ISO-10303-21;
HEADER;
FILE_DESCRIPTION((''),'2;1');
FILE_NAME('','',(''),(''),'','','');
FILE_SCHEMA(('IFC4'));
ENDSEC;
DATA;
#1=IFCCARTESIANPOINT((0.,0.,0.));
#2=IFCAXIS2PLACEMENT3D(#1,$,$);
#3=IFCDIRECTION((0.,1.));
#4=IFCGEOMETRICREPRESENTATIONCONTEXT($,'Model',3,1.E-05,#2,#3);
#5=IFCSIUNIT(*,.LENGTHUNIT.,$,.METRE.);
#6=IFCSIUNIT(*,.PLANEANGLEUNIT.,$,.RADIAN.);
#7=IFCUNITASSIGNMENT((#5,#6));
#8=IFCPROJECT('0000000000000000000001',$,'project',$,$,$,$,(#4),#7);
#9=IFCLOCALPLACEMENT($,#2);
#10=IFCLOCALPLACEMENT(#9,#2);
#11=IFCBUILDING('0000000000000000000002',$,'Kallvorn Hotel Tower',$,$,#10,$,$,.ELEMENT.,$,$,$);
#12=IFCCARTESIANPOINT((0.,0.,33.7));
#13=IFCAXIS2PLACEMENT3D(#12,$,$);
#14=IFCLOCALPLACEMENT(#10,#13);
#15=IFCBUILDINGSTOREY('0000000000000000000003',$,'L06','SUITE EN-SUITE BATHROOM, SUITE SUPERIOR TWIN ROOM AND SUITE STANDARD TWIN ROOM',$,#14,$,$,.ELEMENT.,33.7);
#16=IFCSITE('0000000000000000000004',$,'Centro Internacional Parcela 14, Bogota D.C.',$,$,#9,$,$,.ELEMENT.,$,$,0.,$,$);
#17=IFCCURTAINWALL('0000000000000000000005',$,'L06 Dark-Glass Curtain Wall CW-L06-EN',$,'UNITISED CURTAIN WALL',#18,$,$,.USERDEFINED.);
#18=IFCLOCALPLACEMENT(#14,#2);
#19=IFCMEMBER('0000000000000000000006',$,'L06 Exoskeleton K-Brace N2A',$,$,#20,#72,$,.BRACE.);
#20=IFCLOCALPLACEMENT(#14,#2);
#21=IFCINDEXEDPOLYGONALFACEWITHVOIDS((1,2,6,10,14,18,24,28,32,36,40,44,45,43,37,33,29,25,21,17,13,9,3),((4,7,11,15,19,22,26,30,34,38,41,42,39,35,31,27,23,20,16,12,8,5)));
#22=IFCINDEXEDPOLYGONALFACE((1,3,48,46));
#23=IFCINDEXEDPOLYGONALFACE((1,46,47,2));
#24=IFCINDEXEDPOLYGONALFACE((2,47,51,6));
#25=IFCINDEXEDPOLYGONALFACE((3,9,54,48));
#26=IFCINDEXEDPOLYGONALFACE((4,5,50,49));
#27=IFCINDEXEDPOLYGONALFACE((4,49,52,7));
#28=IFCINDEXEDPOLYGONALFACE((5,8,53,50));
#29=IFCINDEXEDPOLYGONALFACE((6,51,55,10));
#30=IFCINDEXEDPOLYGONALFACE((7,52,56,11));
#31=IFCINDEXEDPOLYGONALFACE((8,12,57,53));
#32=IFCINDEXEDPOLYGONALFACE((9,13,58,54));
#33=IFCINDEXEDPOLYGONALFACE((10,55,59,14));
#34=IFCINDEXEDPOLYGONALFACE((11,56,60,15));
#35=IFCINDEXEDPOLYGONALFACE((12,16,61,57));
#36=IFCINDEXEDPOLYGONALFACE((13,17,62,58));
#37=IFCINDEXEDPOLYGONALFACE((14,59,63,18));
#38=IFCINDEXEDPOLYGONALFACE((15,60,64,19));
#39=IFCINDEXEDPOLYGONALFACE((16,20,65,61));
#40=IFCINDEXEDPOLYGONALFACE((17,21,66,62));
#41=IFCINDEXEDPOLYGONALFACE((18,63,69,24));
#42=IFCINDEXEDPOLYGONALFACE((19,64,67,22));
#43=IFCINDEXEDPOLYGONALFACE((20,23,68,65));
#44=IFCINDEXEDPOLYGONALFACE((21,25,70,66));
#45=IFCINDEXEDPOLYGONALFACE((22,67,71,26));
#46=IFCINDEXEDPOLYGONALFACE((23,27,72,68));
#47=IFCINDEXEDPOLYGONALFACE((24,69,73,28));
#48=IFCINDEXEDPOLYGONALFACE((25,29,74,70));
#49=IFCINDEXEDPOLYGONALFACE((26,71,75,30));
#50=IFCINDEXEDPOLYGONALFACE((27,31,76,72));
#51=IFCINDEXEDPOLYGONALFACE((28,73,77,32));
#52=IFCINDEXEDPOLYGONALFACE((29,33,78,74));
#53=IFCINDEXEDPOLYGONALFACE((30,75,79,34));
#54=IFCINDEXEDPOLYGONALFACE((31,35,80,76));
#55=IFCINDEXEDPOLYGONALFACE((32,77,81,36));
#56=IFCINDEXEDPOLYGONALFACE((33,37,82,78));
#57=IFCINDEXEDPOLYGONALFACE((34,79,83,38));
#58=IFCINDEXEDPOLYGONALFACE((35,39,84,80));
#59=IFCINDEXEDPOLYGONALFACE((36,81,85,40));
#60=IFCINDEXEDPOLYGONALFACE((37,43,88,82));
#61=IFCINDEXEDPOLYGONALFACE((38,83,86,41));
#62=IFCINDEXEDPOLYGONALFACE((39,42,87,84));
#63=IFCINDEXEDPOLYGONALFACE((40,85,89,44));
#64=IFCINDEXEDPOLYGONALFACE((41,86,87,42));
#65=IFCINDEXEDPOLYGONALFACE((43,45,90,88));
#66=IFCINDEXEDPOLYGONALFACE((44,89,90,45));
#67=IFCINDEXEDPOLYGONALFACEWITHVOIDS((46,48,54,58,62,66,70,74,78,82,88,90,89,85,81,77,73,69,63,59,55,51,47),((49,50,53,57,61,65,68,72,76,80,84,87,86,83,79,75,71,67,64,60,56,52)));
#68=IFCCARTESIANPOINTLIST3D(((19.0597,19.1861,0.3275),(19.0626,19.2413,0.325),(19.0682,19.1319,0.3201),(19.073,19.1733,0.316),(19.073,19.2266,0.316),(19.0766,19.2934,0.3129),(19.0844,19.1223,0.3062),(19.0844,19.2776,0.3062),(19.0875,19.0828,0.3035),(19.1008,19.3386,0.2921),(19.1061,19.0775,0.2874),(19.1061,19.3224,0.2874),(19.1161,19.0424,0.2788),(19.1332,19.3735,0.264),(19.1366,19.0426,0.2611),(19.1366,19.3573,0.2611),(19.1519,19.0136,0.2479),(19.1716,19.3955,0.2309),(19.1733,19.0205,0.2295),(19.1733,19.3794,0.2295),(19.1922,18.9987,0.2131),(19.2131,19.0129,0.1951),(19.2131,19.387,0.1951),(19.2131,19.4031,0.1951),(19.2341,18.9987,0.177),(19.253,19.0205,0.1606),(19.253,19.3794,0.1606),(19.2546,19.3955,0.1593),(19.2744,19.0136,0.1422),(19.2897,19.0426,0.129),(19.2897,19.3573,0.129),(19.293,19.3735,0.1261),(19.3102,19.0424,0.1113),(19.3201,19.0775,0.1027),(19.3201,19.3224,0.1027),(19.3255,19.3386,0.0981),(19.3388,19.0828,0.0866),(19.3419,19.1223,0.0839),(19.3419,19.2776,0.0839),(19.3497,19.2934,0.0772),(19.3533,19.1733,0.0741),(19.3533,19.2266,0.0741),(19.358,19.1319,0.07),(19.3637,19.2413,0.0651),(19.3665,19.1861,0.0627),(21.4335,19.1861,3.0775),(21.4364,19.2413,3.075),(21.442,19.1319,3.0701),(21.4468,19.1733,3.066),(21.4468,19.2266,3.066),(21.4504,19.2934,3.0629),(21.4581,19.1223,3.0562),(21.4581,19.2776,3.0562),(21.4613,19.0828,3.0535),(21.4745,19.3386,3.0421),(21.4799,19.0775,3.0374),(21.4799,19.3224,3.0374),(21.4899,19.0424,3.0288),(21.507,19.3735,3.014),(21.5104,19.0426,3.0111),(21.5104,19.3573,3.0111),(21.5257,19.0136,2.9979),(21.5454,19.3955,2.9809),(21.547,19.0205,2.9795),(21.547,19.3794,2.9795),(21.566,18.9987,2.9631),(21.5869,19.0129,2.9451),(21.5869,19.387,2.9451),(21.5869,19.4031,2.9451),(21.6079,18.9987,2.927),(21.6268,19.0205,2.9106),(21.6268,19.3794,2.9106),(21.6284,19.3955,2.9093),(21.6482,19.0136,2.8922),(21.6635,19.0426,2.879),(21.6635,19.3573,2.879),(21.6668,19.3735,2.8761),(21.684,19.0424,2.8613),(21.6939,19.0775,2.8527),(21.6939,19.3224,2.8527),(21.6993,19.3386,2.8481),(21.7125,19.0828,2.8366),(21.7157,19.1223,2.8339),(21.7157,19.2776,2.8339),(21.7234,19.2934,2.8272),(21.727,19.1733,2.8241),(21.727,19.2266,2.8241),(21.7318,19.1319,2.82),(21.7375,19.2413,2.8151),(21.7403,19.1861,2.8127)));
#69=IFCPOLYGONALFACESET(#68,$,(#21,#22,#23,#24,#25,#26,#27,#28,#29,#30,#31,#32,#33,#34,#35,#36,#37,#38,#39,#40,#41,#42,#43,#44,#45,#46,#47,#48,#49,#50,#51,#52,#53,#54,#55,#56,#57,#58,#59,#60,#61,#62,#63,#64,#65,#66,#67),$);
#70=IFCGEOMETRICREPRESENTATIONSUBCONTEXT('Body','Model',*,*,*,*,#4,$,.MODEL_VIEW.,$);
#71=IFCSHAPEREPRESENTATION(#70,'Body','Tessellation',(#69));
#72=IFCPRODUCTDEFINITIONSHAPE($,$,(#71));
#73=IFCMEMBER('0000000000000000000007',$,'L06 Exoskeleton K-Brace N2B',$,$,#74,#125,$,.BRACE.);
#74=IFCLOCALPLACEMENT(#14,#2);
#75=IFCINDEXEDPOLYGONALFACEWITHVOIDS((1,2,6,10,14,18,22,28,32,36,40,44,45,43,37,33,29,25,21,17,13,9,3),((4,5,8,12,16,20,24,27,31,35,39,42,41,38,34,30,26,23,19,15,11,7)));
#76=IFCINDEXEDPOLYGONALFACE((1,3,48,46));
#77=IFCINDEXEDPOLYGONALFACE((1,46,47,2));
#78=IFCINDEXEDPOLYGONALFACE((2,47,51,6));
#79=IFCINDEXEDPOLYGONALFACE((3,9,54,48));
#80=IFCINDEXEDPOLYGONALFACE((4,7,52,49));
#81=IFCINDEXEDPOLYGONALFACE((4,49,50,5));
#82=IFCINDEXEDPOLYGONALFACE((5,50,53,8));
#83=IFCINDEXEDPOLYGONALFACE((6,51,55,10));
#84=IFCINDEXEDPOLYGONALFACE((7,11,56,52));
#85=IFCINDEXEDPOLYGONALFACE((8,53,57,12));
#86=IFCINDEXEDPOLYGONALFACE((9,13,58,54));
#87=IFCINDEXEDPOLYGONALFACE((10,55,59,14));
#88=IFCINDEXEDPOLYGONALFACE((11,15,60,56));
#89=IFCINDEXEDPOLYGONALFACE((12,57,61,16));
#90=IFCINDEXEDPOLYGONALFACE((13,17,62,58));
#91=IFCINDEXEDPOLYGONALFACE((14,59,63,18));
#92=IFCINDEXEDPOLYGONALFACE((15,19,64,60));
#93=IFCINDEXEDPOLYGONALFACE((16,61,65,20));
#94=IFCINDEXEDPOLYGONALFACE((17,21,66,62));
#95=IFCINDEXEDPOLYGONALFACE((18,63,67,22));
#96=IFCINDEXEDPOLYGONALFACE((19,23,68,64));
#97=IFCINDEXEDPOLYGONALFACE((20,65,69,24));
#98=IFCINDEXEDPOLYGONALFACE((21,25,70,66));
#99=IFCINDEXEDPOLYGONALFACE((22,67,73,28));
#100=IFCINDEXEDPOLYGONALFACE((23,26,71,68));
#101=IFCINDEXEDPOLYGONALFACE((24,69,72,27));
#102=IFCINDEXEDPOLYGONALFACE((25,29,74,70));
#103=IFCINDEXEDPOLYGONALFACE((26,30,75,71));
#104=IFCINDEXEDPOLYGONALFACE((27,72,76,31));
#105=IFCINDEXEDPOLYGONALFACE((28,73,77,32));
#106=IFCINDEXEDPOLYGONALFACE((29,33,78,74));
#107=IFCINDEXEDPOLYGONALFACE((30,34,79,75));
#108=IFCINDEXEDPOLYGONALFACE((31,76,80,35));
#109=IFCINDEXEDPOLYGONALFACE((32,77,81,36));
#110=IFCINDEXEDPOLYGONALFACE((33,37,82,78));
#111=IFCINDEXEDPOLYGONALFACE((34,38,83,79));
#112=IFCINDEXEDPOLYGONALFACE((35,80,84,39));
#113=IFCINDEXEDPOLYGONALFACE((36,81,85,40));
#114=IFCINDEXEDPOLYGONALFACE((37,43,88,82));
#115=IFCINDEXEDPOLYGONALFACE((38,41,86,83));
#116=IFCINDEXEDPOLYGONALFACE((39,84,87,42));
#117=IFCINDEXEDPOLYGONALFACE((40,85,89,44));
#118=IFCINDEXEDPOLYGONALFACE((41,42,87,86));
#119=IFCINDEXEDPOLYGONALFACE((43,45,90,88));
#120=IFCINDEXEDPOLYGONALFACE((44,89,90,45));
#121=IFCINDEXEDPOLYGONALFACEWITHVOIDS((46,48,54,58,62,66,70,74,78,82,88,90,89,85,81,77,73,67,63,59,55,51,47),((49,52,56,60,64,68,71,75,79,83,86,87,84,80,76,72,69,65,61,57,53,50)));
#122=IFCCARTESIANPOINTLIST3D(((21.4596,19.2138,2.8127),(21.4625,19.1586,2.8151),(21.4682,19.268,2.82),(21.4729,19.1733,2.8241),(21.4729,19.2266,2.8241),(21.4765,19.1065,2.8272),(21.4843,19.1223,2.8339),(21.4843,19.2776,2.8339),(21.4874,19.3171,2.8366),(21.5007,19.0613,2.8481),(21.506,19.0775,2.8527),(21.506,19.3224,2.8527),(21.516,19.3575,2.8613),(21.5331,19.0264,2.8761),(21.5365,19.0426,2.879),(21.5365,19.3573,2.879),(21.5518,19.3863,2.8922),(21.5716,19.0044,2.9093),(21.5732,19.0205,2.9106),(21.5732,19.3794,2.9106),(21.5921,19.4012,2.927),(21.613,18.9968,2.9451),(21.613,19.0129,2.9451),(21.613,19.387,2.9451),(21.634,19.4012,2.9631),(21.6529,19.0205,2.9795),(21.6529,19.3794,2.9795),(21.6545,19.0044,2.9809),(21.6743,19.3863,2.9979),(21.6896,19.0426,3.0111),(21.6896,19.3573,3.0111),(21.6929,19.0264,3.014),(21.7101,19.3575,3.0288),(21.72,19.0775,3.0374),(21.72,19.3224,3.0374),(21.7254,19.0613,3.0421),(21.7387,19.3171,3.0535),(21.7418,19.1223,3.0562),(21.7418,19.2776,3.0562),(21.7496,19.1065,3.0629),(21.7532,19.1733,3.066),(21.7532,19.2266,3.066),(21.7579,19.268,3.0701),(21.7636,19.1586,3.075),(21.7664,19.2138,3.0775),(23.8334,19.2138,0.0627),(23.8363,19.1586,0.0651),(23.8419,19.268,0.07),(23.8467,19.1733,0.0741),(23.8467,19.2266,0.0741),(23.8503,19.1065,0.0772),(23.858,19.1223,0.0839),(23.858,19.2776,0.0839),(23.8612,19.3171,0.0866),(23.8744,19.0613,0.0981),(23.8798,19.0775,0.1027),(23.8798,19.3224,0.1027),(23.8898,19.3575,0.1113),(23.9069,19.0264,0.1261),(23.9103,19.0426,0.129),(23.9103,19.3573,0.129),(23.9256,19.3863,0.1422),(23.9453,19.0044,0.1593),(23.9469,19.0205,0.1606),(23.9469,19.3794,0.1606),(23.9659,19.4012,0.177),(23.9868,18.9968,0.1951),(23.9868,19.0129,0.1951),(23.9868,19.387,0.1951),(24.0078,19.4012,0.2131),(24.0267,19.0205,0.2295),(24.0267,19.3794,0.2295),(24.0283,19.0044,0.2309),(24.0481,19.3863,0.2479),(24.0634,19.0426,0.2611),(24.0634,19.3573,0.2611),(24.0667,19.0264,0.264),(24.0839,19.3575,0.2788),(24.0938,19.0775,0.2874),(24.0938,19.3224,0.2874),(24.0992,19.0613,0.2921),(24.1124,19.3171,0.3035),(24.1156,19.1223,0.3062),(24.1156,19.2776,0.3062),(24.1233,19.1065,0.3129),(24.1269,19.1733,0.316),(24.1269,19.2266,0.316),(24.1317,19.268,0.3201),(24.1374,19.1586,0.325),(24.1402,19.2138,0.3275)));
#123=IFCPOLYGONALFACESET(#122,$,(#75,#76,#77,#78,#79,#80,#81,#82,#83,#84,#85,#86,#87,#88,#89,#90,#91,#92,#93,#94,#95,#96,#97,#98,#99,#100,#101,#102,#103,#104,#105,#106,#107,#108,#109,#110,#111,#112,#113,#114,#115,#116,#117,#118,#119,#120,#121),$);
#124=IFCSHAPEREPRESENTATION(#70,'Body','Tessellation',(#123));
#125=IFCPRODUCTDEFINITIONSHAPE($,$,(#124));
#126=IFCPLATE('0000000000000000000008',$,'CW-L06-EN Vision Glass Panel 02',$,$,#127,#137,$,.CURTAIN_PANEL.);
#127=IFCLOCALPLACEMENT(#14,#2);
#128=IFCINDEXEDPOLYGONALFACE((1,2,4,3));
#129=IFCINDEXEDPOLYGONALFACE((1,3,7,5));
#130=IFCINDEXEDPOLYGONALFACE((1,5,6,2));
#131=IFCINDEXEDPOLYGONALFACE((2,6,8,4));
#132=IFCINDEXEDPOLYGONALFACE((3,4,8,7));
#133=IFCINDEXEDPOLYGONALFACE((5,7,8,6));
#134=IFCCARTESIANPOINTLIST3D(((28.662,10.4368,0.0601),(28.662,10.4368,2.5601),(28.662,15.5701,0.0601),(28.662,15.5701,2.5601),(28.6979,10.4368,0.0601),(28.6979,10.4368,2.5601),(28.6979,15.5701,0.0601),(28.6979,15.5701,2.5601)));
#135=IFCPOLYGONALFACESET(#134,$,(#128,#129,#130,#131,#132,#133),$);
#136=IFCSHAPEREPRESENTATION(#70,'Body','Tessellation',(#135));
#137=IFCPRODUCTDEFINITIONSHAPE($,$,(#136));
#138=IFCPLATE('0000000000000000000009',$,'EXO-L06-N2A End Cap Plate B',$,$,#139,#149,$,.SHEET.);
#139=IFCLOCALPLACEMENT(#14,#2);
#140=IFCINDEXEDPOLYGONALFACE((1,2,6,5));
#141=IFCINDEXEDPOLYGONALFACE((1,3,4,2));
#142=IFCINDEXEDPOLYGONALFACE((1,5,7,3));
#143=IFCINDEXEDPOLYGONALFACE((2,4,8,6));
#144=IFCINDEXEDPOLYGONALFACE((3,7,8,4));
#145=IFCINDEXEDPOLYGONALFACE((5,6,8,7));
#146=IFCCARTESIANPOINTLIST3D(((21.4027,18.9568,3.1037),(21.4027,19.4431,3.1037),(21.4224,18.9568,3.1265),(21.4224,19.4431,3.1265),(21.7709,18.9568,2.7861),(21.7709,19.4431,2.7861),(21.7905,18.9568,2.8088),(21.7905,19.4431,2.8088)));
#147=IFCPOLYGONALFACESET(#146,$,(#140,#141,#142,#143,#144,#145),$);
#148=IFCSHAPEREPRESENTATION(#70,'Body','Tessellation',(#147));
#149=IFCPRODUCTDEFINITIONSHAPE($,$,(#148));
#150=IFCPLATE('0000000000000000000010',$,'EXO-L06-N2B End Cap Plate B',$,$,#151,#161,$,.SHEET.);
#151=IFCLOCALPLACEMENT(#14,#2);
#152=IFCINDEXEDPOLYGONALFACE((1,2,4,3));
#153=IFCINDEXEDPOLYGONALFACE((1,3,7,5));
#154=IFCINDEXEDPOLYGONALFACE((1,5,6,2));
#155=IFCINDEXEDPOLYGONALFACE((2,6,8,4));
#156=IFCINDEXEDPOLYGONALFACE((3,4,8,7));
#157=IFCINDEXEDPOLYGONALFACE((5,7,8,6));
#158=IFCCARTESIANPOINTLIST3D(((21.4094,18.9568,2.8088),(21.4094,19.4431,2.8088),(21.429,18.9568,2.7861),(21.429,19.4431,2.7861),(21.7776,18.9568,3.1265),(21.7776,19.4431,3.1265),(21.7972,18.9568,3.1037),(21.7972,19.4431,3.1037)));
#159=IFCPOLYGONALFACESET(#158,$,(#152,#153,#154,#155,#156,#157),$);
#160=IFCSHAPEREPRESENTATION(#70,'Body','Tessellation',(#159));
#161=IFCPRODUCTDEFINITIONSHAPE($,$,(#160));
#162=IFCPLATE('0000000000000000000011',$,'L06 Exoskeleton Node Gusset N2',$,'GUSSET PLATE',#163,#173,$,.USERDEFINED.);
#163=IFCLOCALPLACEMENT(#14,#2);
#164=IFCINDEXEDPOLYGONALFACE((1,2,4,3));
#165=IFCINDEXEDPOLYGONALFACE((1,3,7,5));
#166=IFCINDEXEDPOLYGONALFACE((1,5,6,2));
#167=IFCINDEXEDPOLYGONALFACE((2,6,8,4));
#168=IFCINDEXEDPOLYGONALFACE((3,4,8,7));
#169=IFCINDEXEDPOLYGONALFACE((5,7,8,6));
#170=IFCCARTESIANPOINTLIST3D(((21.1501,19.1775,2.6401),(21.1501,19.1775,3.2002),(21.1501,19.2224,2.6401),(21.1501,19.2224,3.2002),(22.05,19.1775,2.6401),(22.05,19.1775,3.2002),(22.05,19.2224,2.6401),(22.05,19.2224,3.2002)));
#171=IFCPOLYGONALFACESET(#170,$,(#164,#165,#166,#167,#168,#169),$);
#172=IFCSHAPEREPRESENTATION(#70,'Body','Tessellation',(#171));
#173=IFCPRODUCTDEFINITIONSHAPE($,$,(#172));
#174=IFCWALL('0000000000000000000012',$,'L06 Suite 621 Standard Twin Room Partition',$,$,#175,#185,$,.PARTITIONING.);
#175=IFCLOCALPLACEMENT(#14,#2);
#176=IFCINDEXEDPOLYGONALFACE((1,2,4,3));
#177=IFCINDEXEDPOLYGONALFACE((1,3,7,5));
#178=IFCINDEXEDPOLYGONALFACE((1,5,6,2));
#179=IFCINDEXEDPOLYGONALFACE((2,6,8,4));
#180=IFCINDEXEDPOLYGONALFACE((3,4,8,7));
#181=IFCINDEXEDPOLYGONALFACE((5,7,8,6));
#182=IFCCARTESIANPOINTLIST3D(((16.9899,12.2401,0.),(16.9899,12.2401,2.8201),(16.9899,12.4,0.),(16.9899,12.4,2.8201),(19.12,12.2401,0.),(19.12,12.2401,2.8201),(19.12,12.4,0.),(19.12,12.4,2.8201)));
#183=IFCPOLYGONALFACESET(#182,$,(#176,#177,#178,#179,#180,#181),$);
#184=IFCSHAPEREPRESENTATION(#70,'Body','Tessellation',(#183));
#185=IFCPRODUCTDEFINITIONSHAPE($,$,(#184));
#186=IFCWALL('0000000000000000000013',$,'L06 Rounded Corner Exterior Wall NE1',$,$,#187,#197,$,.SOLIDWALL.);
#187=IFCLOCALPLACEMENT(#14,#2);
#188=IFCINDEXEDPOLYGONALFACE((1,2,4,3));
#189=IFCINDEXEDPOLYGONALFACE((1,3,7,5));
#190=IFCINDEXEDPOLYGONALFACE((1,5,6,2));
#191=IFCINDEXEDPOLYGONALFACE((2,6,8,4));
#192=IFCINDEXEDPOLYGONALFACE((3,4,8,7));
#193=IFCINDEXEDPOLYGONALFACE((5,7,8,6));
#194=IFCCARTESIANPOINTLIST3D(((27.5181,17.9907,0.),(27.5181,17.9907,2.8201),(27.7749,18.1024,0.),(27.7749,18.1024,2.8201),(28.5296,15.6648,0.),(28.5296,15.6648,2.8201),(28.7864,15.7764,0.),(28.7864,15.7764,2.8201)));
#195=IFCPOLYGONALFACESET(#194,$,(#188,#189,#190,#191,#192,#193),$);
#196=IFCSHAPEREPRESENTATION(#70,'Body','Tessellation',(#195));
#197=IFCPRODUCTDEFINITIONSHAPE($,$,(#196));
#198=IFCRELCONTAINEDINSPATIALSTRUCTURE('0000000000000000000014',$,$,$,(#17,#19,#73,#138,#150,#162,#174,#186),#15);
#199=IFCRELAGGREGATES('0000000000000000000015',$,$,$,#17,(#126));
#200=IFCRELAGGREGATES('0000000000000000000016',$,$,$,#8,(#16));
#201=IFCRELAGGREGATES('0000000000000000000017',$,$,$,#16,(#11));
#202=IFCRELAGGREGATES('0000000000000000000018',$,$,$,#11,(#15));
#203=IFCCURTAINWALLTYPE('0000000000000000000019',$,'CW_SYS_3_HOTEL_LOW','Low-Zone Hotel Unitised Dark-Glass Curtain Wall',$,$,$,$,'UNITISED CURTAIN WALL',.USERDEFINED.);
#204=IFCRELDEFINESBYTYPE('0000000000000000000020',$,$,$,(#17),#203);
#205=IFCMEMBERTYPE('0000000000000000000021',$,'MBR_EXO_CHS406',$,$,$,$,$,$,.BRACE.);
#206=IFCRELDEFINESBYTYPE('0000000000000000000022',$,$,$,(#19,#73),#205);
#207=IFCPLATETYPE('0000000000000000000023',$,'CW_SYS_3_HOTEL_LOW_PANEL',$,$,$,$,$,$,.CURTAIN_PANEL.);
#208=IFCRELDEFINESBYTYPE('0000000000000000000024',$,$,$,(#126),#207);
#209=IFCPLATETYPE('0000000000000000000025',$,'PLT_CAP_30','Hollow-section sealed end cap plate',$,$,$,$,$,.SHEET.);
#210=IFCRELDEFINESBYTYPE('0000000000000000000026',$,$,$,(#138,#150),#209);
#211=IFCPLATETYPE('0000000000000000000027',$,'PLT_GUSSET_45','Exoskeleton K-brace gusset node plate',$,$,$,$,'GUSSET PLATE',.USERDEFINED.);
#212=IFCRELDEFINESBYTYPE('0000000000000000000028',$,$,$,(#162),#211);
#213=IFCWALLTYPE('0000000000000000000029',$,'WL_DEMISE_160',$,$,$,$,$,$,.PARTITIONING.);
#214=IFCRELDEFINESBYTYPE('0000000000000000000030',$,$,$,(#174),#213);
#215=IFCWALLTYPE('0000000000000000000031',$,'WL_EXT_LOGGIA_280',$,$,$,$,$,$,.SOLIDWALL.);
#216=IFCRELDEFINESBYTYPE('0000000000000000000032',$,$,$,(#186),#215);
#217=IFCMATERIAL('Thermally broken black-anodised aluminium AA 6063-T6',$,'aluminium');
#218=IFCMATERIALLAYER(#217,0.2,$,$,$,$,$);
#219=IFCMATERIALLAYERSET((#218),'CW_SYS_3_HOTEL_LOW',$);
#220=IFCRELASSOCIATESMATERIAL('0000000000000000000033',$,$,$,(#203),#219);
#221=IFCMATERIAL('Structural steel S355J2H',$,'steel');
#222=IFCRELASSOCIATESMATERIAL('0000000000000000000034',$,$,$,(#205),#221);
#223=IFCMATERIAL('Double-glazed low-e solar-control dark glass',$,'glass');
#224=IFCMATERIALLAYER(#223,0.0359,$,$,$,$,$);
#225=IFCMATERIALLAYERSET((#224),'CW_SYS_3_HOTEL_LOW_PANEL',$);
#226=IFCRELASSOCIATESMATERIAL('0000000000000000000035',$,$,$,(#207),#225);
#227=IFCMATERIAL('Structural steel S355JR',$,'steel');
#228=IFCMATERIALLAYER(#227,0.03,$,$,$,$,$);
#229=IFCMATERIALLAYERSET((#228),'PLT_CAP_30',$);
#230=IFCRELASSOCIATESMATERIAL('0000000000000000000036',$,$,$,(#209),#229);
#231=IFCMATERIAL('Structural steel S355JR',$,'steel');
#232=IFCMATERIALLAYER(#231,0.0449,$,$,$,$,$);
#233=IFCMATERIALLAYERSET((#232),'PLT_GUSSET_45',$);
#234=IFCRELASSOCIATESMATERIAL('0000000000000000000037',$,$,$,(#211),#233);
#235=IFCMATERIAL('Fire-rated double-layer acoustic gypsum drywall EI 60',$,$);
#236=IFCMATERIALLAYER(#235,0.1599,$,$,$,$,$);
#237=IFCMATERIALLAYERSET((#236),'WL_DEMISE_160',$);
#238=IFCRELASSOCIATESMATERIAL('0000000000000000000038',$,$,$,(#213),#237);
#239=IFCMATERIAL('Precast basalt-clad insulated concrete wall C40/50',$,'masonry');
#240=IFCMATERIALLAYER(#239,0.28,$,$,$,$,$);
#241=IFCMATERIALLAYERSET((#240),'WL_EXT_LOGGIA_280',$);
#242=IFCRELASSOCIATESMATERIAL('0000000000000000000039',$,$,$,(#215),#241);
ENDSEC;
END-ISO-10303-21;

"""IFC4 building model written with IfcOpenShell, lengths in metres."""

from ifc_helpers import new_model, si_unit, direction, frame, frame_2d, origin, origin_2d, place, context, subcontext, project, spatial, polyline, rectangle, hollow_circle, outline, extrude, material, layer, layer_set, material_profile, profile_set, type_object, element, aggregate, save


model = new_model("IFC4")

# Units and contexts
model_context = context("Model", 3, precision=1e-05, world=origin(), true_north=direction((0.0, 1.0)))
body_context = subcontext(model_context, "Body", "Model", "MODEL_VIEW")
ifc_project = project(units=[si_unit("LENGTHUNIT", "METRE"), si_unit("PLANEANGLEUNIT", "RADIAN")], contexts=[model_context])

# Site, building, storey
site_placement = place(None, origin())
site = spatial("IfcSite", under=ifc_project, at=site_placement, Name="Centro Internacional Parcela 14, Bogota D.C.", CompositionType="ELEMENT", RefElevation=0.0)
building_placement = place(site_placement, origin())
building = spatial("IfcBuilding", under=site, at=building_placement, Name="Kallvorn Hotel Tower", CompositionType="ELEMENT")
storey_placement = place(building_placement, frame((0.0, 0.0, 33.7)))
storey = spatial("IfcBuildingStorey", under=building, at=storey_placement, Name="L06", Description="SUITE EN-SUITE BATHROOM, SUITE SUPERIOR TWIN ROOM AND SUITE STANDARD TWIN ROOM", CompositionType="ELEMENT", Elevation=33.7)

# Curtain wall
ifc_material_1 = material(Name="Thermally broken black-anodised aluminium AA 6063-T6", Category="aluminium")
ifc_layer_1 = layer(ifc_material_1, 0.2)
ifc_layer_set_1 = layer_set([ifc_layer_1], Name="CW_SYS_3_HOTEL_LOW")
curtain_wall_type = type_object("IfcCurtainWallType", Name="CW_SYS_3_HOTEL_LOW", Description="Low-Zone Hotel Unitised Dark-Glass Curtain Wall", ElementType="UNITISED CURTAIN WALL", PredefinedType="USERDEFINED", material=ifc_layer_set_1)
curtain_wall_placement = place(storey_placement, origin())
curtain_wall = element("IfcCurtainWall", 1, at=curtain_wall_placement, inside=storey, type_object=curtain_wall_type, Name="L06 Dark-Glass Curtain Wall CW-L06-EN", ObjectType="UNITISED CURTAIN WALL", PredefinedType="USERDEFINED")

# Members
ifc_material_2 = material(Name="Structural steel S355J2H", Category="steel")
ifc_material_profile_1 = material_profile(ifc_material_2, hollow_circle(Radius=0.2031, WallThickness=0.0161, at=origin_2d()), Name="CHS 406.4x16")
ifc_profile_set_1 = profile_set([ifc_material_profile_1], Name="Structural steel S355J2H")
member_type_1 = type_object("IfcMemberType", Name="MBR_EXO_CHS406", PredefinedType="BRACE", material=ifc_profile_set_1)
for number, where, z_axis, x_axis, name in (
    (2, (19.2131, 19.2, 0.1951), (0.653427, 0.0, 0.756989), (0.0, 1.0, 0.0), "L06 Exoskeleton K-Brace N2A"),
    (3, (23.9868, 19.2, 0.1951), (-0.653427, 0.0, 0.756989), (0.0, -1.0, 0.0), "L06 Exoskeleton K-Brace N2B"),
):
    element("IfcMember", number, at=place(storey_placement, frame(where, z_axis=z_axis, x_axis=x_axis)), inside=storey, type_object=member_type_1, Name=name, PredefinedType="BRACE", context=body_context, shape_type="SweptSolid", body=[
        extrude(hollow_circle(Radius=0.2031, WallThickness=0.0161, at=origin_2d()), origin(), (0.0, 0.0, 1.0), 3.6328),
    ])

# Plate
ifc_material_3 = material(Name="Double-glazed low-e solar-control dark glass", Category="glass")
ifc_layer_2 = layer(ifc_material_3, 0.0359)
ifc_layer_set_2 = layer_set([ifc_layer_2], Name="CW_SYS_3_HOTEL_LOW_PANEL")
plate_type_1 = type_object("IfcPlateType", Name="CW_SYS_3_HOTEL_LOW_PANEL", PredefinedType="CURTAIN_PANEL", material=ifc_layer_set_2)
plate_1_placement = place(storey_placement, frame((28.6799, 13.0034, 0.0601), z_axis=(0.0, 0.0, 1.0), x_axis=(0.0, 1.0, 0.0)))
plate_1 = element("IfcPlate", 4, at=plate_1_placement, type_object=plate_type_1, Name="CW-L06-EN Vision Glass Panel 02", PredefinedType="CURTAIN_PANEL", context=body_context, shape_type="SweptSolid", body=[
    extrude(rectangle(XDim=5.1333, YDim=0.0359, at=origin_2d()), origin(), (0.0, 0.0, 1.0), 2.5),
])
aggregate(curtain_wall, [plate_1])

# Plates
ifc_material_4 = material(Name="Structural steel S355JR", Category="steel")
ifc_layer_3 = layer(ifc_material_4, 0.03)
ifc_layer_set_3 = layer_set([ifc_layer_3], Name="PLT_CAP_30")
plate_type_2 = type_object("IfcPlateType", Name="PLT_CAP_30", Description="Hollow-section sealed end cap plate", PredefinedType="SHEET", material=ifc_layer_set_3)
for number, where, z_axis, x_axis, name in (
    (5, (21.7905, 18.9568, 2.8088), (0.653228, 0.0, 0.757162), (0.0, 1.0, 0.0), "EXO-L06-N2A End Cap Plate B"),
    (6, (21.4094, 19.4431, 2.8088), (-0.653228, 0.0, 0.757162), (0.0, -1.0, 0.0), "EXO-L06-N2B End Cap Plate B"),
):
    element("IfcPlate", number, at=place(storey_placement, frame(where, z_axis=z_axis, x_axis=x_axis)), inside=storey, type_object=plate_type_2, Name=name, PredefinedType="SHEET", context=body_context, shape_type="SweptSolid", body=[
        extrude(outline(polyline([(0.0, 0.0), (0.4863, 0.0), (0.4863, 0.4862), (0.0, 0.4862), (0.0, 0.0)])), origin(), (0.0, 0.0, -1.0), 0.03),
    ])
ifc_material_5 = material(Name="Structural steel S355JR", Category="steel")
ifc_layer_4 = layer(ifc_material_5, 0.0449)
ifc_layer_set_4 = layer_set([ifc_layer_4], Name="PLT_GUSSET_45")
plate_type_3 = type_object("IfcPlateType", Name="PLT_GUSSET_45", Description="Exoskeleton K-brace gusset node plate", ElementType="GUSSET PLATE", PredefinedType="USERDEFINED", material=ifc_layer_set_4)
plate_2_placement = place(storey_placement, frame((21.6001, 19.2, 2.6401), z_axis=(0.0, 0.0, 1.0), x_axis=(1.0, 0.0, 0.0)))
element("IfcPlate", 7, at=plate_2_placement, inside=storey, type_object=plate_type_3, Name="L06 Exoskeleton Node Gusset N2", ObjectType="GUSSET PLATE", PredefinedType="USERDEFINED", context=body_context, shape_type="SweptSolid", body=[
    extrude(rectangle(XDim=0.8999, YDim=0.0449, at=origin_2d()), origin(), (0.0, 0.0, 1.0), 0.5601),
])

# Walls
ifc_material_6 = material(Name="Fire-rated double-layer acoustic gypsum drywall EI 60")
ifc_layer_5 = layer(ifc_material_6, 0.1599)
ifc_layer_set_5 = layer_set([ifc_layer_5], Name="WL_DEMISE_160")
wall_type_1 = type_object("IfcWallType", Name="WL_DEMISE_160", PredefinedType="PARTITIONING", material=ifc_layer_set_5)
wall_1_placement = place(storey_placement, frame((16.99, 12.3201, 0.0), z_axis=(0.0, 0.0, 1.0), x_axis=(1.0, 0.0, 0.0)))
element("IfcWall", 8, at=wall_1_placement, inside=storey, type_object=wall_type_1, Name="L06 Suite 621 Standard Twin Room Partition", PredefinedType="PARTITIONING", context=body_context, shape_type="SweptSolid", body=[
    extrude(rectangle(XDim=2.1301, YDim=0.1599, at=frame_2d((1.0649, 0.0))), origin(), (0.0, 0.0, 1.0), 2.8201),
])
ifc_material_7 = material(Name="Precast basalt-clad insulated concrete wall C40/50", Category="masonry")
ifc_layer_6 = layer(ifc_material_7, 0.28)
ifc_layer_set_6 = layer_set([ifc_layer_6], Name="WL_EXT_LOGGIA_280")
wall_type_2 = type_object("IfcWallType", Name="WL_EXT_LOGGIA_280", PredefinedType="SOLIDWALL", material=ifc_layer_set_6)
wall_2_placement = place(storey_placement, frame((28.658, 15.7207, 0.0), z_axis=(0.0, 0.0, 1.0), x_axis=(-0.398793, 0.917041, 0.0)))
element("IfcWall", 9, at=wall_2_placement, inside=storey, type_object=wall_type_2, Name="L06 Rounded Corner Exterior Wall NE1", PredefinedType="SOLIDWALL", context=body_context, shape_type="SweptSolid", body=[
    extrude(rectangle(XDim=2.5364, YDim=0.28, at=frame_2d((1.2681, 0.0))), origin(), (0.0, 0.0, 1.0), 2.8201),
])

save(model, "model.ifc")
